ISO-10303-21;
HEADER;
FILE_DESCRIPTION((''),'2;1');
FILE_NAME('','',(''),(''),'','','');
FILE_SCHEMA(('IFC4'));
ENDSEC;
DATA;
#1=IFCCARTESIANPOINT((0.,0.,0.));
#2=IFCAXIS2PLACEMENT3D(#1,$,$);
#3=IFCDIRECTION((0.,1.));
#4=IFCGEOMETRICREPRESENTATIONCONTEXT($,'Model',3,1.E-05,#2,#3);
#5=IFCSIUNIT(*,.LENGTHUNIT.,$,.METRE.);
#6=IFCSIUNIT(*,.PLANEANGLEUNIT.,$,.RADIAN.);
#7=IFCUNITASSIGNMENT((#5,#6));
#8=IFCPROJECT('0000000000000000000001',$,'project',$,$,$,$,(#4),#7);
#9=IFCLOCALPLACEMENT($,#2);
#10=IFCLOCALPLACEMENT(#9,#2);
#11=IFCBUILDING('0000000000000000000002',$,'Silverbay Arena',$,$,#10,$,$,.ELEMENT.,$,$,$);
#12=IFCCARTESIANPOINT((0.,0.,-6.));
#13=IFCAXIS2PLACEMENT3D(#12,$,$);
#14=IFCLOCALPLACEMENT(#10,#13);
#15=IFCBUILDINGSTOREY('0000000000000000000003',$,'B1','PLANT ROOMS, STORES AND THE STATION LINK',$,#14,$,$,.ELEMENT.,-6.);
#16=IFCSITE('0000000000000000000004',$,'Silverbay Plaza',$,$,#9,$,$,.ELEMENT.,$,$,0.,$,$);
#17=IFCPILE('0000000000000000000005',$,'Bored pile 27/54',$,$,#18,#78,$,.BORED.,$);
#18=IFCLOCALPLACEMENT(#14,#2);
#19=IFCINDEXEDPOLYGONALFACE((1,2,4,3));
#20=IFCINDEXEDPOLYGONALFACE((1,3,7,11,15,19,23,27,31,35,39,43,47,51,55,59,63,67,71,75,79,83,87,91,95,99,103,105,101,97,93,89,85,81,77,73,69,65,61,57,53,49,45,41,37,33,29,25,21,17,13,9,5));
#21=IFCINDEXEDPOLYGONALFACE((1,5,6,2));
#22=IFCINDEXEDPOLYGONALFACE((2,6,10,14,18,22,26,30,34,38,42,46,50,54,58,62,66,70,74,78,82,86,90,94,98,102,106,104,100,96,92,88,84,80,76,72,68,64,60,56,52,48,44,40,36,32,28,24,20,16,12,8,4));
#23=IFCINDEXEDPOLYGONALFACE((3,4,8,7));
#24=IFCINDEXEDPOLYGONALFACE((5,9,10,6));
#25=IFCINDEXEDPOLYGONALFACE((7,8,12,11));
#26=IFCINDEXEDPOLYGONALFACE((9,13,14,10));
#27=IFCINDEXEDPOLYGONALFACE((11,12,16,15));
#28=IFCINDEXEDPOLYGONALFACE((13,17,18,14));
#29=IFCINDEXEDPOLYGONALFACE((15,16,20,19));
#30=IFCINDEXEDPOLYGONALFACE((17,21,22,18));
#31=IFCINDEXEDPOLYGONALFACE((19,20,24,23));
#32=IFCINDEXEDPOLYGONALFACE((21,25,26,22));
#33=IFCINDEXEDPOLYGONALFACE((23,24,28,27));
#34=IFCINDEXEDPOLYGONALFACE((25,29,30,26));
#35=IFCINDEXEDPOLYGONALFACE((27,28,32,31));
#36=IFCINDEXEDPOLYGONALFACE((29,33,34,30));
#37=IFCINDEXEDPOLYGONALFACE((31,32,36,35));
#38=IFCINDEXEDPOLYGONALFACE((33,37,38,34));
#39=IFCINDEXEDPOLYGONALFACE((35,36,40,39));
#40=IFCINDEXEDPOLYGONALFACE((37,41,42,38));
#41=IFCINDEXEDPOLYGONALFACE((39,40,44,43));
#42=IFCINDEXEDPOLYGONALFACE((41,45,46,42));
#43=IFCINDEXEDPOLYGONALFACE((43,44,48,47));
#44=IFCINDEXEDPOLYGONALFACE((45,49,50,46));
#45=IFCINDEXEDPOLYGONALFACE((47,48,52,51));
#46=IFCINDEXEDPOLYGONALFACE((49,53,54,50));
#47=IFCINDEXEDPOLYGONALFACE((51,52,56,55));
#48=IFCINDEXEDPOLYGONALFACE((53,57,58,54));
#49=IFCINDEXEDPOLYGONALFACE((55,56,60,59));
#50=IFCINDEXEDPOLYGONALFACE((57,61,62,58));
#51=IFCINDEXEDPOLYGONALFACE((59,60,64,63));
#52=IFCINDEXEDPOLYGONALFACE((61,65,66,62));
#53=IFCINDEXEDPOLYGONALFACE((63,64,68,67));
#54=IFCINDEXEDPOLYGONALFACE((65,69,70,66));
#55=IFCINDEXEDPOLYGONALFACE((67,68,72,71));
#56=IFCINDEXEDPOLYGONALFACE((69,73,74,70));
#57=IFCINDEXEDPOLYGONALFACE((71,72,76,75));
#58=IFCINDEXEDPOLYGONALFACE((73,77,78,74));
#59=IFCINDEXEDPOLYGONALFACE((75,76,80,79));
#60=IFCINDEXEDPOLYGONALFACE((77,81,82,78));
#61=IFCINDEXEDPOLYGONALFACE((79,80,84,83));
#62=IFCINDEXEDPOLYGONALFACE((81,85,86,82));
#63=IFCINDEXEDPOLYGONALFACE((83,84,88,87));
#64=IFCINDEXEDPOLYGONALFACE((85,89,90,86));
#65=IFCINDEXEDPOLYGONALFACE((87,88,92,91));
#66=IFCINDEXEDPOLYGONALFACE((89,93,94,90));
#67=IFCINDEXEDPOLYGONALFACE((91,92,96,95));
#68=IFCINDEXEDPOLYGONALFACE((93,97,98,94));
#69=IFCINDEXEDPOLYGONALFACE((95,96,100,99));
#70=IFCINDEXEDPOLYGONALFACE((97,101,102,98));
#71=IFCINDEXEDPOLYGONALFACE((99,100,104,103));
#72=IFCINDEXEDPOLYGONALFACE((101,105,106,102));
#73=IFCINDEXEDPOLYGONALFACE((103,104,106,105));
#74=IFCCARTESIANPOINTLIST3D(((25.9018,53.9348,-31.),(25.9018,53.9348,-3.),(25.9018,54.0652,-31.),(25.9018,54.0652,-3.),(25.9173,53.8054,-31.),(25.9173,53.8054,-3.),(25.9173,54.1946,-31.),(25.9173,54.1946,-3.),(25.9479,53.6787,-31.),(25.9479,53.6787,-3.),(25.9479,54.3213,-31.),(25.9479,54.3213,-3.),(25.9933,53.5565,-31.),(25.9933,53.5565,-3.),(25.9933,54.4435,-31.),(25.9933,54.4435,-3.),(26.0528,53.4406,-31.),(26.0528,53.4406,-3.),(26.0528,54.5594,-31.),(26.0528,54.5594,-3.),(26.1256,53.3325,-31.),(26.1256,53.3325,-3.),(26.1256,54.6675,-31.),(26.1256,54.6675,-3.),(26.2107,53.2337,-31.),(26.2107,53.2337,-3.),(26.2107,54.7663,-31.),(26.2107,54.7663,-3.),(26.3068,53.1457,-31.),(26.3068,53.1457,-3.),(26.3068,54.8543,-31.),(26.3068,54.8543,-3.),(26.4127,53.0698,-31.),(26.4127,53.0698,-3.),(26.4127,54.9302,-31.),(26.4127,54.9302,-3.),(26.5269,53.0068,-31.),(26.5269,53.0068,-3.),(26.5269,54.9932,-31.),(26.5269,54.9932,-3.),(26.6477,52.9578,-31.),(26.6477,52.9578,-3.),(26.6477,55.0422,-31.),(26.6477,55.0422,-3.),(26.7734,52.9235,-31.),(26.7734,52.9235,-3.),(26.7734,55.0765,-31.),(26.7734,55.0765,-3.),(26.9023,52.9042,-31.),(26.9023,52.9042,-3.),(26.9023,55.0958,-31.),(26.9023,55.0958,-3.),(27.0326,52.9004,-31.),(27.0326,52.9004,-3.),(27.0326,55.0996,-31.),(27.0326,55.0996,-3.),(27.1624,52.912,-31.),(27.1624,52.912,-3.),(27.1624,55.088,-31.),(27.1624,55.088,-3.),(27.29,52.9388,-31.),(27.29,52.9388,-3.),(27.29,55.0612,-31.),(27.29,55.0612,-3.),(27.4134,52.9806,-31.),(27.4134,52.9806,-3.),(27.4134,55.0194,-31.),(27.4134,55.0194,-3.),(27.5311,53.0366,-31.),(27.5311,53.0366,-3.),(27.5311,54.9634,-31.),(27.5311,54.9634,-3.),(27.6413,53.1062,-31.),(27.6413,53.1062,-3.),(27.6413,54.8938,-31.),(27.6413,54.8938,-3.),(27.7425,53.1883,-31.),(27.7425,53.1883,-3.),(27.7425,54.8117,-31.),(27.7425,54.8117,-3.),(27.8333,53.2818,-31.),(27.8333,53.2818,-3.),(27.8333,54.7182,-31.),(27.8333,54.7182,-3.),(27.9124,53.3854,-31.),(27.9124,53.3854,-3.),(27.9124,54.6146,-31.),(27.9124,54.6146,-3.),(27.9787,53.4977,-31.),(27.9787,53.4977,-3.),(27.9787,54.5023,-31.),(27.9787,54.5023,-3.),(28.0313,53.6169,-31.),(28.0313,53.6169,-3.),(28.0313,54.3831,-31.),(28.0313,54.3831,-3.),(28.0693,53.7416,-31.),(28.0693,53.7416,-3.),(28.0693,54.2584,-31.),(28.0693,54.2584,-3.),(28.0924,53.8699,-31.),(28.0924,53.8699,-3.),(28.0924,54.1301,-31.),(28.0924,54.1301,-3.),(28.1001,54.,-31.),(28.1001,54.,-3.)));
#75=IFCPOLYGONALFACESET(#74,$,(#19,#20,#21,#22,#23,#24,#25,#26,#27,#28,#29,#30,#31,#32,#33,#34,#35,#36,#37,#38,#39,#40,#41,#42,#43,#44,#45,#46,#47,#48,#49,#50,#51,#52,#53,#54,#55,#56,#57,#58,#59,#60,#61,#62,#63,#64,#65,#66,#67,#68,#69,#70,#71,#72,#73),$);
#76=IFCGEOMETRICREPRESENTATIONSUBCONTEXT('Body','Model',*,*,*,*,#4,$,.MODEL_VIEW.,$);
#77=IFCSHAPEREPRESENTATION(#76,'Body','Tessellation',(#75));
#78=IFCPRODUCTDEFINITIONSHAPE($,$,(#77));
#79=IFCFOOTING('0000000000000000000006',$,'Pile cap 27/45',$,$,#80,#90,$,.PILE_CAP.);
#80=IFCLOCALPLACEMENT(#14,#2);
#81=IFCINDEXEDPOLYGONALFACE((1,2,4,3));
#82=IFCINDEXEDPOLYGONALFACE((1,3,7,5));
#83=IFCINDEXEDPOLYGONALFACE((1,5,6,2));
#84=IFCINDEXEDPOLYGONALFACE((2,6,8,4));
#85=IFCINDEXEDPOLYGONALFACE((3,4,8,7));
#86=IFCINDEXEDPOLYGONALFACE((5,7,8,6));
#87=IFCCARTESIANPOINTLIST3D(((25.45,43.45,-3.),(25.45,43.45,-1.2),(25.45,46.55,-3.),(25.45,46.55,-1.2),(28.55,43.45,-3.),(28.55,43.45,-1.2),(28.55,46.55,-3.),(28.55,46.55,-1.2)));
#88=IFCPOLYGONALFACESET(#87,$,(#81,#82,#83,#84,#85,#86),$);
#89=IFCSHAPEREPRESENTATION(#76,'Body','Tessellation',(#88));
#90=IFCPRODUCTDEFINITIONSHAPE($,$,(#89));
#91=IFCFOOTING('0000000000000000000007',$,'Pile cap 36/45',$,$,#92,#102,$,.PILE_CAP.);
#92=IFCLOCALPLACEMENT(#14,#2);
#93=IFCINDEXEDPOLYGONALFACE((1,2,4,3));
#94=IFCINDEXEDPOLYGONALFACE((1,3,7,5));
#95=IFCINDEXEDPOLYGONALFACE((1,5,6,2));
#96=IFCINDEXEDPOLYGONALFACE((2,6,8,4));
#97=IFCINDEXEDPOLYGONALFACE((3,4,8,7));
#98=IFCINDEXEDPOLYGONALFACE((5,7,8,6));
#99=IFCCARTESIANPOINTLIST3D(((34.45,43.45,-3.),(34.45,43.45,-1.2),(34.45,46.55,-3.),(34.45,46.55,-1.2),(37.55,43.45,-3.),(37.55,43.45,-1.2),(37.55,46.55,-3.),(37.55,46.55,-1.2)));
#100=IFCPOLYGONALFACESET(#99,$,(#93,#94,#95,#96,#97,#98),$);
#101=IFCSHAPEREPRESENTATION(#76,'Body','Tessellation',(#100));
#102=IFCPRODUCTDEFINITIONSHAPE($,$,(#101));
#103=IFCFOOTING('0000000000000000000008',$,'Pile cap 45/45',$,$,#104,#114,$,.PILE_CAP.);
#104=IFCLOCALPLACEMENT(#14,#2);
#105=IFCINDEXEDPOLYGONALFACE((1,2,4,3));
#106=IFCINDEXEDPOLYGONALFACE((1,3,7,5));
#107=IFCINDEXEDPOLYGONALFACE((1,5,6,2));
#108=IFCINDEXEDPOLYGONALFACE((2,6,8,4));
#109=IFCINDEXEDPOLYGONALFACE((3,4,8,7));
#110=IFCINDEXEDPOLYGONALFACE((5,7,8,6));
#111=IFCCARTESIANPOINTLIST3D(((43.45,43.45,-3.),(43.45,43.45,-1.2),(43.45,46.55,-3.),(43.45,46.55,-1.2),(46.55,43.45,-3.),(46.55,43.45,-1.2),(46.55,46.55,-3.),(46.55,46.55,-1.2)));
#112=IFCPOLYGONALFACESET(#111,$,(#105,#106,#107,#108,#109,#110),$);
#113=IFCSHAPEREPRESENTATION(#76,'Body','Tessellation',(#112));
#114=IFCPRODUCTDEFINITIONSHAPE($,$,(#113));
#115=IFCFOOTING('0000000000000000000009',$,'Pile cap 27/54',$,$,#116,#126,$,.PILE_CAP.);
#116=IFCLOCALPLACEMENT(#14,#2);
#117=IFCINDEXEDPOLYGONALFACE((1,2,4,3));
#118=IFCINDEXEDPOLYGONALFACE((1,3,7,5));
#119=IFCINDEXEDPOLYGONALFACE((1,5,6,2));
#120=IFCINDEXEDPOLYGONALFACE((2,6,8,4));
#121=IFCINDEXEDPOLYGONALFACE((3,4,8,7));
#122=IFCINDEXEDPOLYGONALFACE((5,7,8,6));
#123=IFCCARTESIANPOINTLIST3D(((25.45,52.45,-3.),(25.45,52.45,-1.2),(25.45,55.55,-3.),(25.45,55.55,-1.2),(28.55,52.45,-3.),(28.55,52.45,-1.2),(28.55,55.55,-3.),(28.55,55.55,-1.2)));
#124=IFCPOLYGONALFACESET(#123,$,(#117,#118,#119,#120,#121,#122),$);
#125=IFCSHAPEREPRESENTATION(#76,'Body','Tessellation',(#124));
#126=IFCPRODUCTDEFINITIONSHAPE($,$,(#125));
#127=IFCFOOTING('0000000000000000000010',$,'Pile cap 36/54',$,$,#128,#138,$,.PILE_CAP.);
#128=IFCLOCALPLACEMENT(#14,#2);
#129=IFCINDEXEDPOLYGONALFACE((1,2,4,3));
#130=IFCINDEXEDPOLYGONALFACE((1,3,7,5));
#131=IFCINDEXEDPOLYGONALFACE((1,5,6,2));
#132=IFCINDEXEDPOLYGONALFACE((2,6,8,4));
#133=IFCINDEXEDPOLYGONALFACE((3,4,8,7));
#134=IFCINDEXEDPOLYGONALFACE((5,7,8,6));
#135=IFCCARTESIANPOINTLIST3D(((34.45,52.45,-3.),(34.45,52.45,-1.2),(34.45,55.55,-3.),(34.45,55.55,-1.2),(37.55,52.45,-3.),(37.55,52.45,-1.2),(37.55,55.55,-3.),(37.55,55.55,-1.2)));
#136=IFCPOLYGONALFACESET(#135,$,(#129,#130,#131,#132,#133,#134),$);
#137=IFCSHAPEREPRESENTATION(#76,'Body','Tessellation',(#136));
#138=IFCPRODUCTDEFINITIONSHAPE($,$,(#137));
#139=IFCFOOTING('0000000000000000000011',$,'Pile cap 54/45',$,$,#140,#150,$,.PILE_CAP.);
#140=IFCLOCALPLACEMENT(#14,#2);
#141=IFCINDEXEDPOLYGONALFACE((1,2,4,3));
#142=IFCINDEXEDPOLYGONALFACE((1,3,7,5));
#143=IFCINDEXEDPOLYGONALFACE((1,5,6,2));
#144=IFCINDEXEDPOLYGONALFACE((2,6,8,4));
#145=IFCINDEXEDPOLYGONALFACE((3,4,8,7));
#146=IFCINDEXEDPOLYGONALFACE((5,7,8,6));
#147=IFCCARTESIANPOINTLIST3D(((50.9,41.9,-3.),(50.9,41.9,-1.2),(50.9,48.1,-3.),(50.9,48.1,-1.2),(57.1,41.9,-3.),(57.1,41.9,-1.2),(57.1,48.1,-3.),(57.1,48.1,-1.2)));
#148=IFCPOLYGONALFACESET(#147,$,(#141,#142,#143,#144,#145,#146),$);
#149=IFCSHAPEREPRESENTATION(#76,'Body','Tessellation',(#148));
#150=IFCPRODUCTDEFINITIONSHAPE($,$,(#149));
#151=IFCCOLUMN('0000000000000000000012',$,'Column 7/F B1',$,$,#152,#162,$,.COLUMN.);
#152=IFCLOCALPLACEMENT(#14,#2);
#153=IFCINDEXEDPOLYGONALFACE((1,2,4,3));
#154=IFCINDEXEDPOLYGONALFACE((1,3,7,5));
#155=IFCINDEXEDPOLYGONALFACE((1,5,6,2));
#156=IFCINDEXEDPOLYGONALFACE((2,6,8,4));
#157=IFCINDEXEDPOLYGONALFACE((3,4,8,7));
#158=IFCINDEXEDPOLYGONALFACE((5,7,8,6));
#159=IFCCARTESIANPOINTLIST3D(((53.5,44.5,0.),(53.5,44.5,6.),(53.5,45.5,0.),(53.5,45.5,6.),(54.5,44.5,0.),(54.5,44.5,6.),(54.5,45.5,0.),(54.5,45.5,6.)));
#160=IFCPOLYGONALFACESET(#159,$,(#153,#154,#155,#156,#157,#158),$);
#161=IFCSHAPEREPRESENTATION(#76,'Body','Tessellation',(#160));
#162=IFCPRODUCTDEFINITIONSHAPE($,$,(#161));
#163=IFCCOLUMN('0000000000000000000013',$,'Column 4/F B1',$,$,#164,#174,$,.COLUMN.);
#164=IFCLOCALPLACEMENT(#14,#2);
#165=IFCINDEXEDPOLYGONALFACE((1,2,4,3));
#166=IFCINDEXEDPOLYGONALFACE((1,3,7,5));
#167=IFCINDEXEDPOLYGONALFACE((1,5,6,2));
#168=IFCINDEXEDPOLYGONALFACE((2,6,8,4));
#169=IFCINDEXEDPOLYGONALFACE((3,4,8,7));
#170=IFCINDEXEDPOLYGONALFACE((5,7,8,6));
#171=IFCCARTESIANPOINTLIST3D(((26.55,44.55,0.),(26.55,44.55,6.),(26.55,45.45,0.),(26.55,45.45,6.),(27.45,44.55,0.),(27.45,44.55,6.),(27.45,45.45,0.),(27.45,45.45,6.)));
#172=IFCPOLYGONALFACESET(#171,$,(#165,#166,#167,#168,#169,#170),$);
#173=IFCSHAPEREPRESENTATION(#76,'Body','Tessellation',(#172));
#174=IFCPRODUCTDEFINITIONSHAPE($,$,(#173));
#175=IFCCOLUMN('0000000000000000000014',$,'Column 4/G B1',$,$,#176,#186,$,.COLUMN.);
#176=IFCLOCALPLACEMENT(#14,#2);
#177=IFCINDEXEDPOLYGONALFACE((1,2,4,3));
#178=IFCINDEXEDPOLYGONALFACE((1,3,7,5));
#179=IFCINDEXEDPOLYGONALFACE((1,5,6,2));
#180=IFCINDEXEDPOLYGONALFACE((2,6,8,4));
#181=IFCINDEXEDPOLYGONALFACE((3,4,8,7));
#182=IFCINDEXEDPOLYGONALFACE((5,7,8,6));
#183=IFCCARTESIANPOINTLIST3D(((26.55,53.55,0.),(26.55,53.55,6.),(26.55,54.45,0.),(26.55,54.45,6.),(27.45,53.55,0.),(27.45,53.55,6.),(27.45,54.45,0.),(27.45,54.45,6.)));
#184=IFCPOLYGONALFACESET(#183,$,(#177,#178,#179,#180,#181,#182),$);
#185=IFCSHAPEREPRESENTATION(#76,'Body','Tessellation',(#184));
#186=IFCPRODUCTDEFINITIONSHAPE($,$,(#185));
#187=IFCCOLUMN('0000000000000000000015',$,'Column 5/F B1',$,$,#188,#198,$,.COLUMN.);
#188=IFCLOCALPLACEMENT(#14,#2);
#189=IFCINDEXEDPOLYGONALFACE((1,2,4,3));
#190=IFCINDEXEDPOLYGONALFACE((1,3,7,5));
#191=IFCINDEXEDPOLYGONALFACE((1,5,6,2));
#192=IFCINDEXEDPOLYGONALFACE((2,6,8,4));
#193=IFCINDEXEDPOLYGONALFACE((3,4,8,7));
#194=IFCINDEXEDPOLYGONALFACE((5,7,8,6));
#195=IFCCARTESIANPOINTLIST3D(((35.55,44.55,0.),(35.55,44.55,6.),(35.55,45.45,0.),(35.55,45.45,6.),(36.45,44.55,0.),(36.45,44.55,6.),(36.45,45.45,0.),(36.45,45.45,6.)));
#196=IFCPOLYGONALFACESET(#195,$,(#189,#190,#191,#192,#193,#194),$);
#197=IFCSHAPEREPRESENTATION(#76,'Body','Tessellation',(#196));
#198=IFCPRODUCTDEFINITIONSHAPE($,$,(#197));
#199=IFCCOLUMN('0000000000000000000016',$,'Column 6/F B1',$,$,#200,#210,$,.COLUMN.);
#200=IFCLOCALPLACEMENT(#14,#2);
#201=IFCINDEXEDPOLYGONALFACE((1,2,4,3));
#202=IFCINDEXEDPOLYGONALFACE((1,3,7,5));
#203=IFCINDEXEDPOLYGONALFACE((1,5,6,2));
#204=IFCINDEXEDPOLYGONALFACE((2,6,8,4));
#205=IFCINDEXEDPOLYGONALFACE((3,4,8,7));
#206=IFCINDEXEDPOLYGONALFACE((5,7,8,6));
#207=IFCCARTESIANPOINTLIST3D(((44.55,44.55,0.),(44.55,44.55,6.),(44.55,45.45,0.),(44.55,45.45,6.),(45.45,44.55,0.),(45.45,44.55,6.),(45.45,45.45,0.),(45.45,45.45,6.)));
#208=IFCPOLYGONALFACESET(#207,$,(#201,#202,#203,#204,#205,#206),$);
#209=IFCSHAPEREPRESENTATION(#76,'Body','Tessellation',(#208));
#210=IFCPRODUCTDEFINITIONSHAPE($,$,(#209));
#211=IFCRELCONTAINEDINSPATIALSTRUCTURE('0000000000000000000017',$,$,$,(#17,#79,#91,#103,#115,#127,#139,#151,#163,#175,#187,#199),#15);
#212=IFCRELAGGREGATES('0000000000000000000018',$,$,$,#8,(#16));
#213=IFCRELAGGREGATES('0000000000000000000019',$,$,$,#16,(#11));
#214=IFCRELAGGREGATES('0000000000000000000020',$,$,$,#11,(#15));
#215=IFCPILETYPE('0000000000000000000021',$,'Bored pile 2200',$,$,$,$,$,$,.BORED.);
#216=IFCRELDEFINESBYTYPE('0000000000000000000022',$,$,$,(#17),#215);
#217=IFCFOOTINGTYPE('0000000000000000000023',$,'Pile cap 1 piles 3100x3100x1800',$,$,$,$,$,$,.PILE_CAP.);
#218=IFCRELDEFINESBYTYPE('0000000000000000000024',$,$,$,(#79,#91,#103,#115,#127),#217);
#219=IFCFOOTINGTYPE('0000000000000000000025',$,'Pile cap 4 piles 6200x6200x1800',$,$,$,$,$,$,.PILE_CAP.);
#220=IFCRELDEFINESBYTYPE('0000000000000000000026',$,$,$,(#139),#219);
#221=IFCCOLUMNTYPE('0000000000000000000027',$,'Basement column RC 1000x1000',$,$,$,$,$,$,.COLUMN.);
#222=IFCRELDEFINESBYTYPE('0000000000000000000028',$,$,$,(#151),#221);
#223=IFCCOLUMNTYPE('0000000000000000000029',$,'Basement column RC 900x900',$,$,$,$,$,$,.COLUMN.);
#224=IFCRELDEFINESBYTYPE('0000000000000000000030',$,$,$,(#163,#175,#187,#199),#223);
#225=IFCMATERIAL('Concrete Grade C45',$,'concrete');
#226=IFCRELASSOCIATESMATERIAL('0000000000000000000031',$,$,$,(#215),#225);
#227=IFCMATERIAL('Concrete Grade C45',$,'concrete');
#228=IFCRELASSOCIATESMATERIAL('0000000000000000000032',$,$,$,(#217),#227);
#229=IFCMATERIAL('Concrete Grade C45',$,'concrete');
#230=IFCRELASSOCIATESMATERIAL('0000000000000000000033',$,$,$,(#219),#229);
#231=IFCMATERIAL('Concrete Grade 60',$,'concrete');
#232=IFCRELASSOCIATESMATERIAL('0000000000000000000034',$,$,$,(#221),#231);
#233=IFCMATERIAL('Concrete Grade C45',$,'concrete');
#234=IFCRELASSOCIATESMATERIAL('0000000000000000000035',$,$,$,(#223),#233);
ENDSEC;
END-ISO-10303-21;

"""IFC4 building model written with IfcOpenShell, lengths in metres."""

from ifc_helpers import new_model, si_unit, direction, frame, origin, origin_2d, place, context, subcontext, project, spatial, rectangle, circle, extrude, material, material_profile, profile_set, type_object, element, save


model = new_model("IFC4")

# Units and contexts
model_context = context("Model", 3, precision=1e-05, world=origin(), true_north=direction((0.0, 1.0)))
body_context = subcontext(model_context, "Body", "Model", "MODEL_VIEW")
ifc_project = project(units=[si_unit("LENGTHUNIT", "METRE"), si_unit("PLANEANGLEUNIT", "RADIAN")], contexts=[model_context])

# Site, building, storey
site_placement = place(None, origin())
site = spatial("IfcSite", under=ifc_project, at=site_placement, Name="Silverbay Plaza", CompositionType="ELEMENT", RefElevation=0.0)
building_placement = place(site_placement, origin())
building = spatial("IfcBuilding", under=site, at=building_placement, Name="Silverbay Arena", CompositionType="ELEMENT")
storey_placement = place(building_placement, frame((0.0, 0.0, -6.0)))
storey = spatial("IfcBuildingStorey", under=building, at=storey_placement, Name="B1", Description="PLANT ROOMS, STORES AND THE STATION LINK", CompositionType="ELEMENT", Elevation=-6.0)

# Pile
ifc_material_1 = material(Name="Concrete Grade C45", Category="concrete")
ifc_material_profile_1 = material_profile(ifc_material_1, circle(Radius=1.1001, at=origin_2d()), Name="Bored pile 2200")
ifc_profile_set_1 = profile_set([ifc_material_profile_1], Name="Concrete Grade C45")
pile_type_1 = type_object("IfcPileType", Name="Bored pile 2200", PredefinedType="BORED", material=ifc_profile_set_1)
for number, where, z_axis, x_axis, name in (
    (1, (27.0, 54.0, -3.0), (0.0, 0.0, -1.0), (1.0, 0.0, 0.0), "Bored pile 27/54"),
):
    element("IfcPile", number, at=place(storey_placement, frame(where, z_axis=z_axis, x_axis=x_axis)), inside=storey, type_object=pile_type_1, Name=name, PredefinedType="BORED", context=body_context, shape_type="SweptSolid", body=[
        extrude(circle(Radius=1.1001, at=origin_2d()), origin(), (0.0, 0.0, 1.0), 28.0),
    ])

# Footings
ifc_material_2 = material(Name="Concrete Grade C45", Category="concrete")
footing_type_1 = type_object("IfcFootingType", Name="Pile cap 1 piles 3100x3100x1800", PredefinedType="PILE_CAP", material=ifc_material_2)
for number, where, z_axis, x_axis, name in (
    (2, (27.0, 45.0, -3.0), (0.0, 0.0, 1.0), (1.0, 0.0, 0.0), "Pile cap 27/45"),
    (3, (36.0, 45.0, -3.0), (0.0, 0.0, 1.0), (1.0, 0.0, 0.0), "Pile cap 36/45"),
    (4, (45.0, 45.0, -3.0), (0.0, 0.0, 1.0), (1.0, 0.0, 0.0), "Pile cap 45/45"),
    (5, (27.0, 54.0, -3.0), (0.0, 0.0, 1.0), (1.0, 0.0, 0.0), "Pile cap 27/54"),
    (6, (36.0, 54.0, -3.0), (0.0, 0.0, 1.0), (1.0, 0.0, 0.0), "Pile cap 36/54"),
):
    element("IfcFooting", number, at=place(storey_placement, frame(where, z_axis=z_axis, x_axis=x_axis)), inside=storey, type_object=footing_type_1, Name=name, PredefinedType="PILE_CAP", context=body_context, shape_type="SweptSolid", body=[
        extrude(rectangle(XDim=3.1001, YDim=3.1001, at=origin_2d()), origin(), (0.0, 0.0, 1.0), 1.8),
    ])
ifc_material_3 = material(Name="Concrete Grade C45", Category="concrete")
footing_type_2 = type_object("IfcFootingType", Name="Pile cap 4 piles 6200x6200x1800", PredefinedType="PILE_CAP", material=ifc_material_3)
footing_placement = place(storey_placement, frame((54.0, 45.0, -3.0), z_axis=(0.0, 0.0, 1.0), x_axis=(1.0, 0.0, 0.0)))
element("IfcFooting", 7, at=footing_placement, inside=storey, type_object=footing_type_2, Name="Pile cap 54/45", PredefinedType="PILE_CAP", context=body_context, shape_type="SweptSolid", body=[
    extrude(rectangle(XDim=6.2, YDim=6.2, at=origin_2d()), origin(), (0.0, 0.0, 1.0), 1.8),
])

# Columns
ifc_material_4 = material(Name="Concrete Grade 60", Category="concrete")
ifc_material_profile_2 = material_profile(ifc_material_4, rectangle(XDim=1.0, YDim=1.0, at=origin_2d()), Name="RC 1000x1000")
ifc_profile_set_2 = profile_set([ifc_material_profile_2], Name="Concrete Grade 60")
column_type_1 = type_object("IfcColumnType", Name="Basement column RC 1000x1000", PredefinedType="COLUMN", material=ifc_profile_set_2)
column_placement = place(storey_placement, frame((54.0, 45.0, 0.0), z_axis=(0.0, 0.0, 1.0), x_axis=(1.0, 0.0, 0.0)))
element("IfcColumn", 8, at=column_placement, inside=storey, type_object=column_type_1, Name="Column 7/F B1", PredefinedType="COLUMN", context=body_context, shape_type="SweptSolid", body=[
    extrude(rectangle(XDim=1.0, YDim=1.0, at=origin_2d()), origin(), (0.0, 0.0, 1.0), 6.0),
])
ifc_material_5 = material(Name="Concrete Grade C45", Category="concrete")
ifc_material_profile_3 = material_profile(ifc_material_5, rectangle(XDim=0.8999, YDim=0.8999, at=origin_2d()), Name="RC 900x900")
ifc_profile_set_3 = profile_set([ifc_material_profile_3], Name="Concrete Grade C45")
column_type_2 = type_object("IfcColumnType", Name="Basement column RC 900x900", PredefinedType="COLUMN", material=ifc_profile_set_3)
for number, where, z_axis, x_axis, name in (
    (9, (27.0, 45.0, 0.0), (0.0, 0.0, 1.0), (1.0, 0.0, 0.0), "Column 4/F B1"),
    (10, (27.0, 54.0, 0.0), (0.0, 0.0, 1.0), (1.0, 0.0, 0.0), "Column 4/G B1"),
    (11, (36.0, 45.0, 0.0), (0.0, 0.0, 1.0), (1.0, 0.0, 0.0), "Column 5/F B1"),
    (12, (45.0, 45.0, 0.0), (0.0, 0.0, 1.0), (1.0, 0.0, 0.0), "Column 6/F B1"),
):
    element("IfcColumn", number, at=place(storey_placement, frame(where, z_axis=z_axis, x_axis=x_axis)), inside=storey, type_object=column_type_2, Name=name, PredefinedType="COLUMN", context=body_context, shape_type="SweptSolid", body=[
        extrude(rectangle(XDim=0.8999, YDim=0.8999, at=origin_2d()), origin(), (0.0, 0.0, 1.0), 6.0),
    ])

save(model, "model.ifc")
